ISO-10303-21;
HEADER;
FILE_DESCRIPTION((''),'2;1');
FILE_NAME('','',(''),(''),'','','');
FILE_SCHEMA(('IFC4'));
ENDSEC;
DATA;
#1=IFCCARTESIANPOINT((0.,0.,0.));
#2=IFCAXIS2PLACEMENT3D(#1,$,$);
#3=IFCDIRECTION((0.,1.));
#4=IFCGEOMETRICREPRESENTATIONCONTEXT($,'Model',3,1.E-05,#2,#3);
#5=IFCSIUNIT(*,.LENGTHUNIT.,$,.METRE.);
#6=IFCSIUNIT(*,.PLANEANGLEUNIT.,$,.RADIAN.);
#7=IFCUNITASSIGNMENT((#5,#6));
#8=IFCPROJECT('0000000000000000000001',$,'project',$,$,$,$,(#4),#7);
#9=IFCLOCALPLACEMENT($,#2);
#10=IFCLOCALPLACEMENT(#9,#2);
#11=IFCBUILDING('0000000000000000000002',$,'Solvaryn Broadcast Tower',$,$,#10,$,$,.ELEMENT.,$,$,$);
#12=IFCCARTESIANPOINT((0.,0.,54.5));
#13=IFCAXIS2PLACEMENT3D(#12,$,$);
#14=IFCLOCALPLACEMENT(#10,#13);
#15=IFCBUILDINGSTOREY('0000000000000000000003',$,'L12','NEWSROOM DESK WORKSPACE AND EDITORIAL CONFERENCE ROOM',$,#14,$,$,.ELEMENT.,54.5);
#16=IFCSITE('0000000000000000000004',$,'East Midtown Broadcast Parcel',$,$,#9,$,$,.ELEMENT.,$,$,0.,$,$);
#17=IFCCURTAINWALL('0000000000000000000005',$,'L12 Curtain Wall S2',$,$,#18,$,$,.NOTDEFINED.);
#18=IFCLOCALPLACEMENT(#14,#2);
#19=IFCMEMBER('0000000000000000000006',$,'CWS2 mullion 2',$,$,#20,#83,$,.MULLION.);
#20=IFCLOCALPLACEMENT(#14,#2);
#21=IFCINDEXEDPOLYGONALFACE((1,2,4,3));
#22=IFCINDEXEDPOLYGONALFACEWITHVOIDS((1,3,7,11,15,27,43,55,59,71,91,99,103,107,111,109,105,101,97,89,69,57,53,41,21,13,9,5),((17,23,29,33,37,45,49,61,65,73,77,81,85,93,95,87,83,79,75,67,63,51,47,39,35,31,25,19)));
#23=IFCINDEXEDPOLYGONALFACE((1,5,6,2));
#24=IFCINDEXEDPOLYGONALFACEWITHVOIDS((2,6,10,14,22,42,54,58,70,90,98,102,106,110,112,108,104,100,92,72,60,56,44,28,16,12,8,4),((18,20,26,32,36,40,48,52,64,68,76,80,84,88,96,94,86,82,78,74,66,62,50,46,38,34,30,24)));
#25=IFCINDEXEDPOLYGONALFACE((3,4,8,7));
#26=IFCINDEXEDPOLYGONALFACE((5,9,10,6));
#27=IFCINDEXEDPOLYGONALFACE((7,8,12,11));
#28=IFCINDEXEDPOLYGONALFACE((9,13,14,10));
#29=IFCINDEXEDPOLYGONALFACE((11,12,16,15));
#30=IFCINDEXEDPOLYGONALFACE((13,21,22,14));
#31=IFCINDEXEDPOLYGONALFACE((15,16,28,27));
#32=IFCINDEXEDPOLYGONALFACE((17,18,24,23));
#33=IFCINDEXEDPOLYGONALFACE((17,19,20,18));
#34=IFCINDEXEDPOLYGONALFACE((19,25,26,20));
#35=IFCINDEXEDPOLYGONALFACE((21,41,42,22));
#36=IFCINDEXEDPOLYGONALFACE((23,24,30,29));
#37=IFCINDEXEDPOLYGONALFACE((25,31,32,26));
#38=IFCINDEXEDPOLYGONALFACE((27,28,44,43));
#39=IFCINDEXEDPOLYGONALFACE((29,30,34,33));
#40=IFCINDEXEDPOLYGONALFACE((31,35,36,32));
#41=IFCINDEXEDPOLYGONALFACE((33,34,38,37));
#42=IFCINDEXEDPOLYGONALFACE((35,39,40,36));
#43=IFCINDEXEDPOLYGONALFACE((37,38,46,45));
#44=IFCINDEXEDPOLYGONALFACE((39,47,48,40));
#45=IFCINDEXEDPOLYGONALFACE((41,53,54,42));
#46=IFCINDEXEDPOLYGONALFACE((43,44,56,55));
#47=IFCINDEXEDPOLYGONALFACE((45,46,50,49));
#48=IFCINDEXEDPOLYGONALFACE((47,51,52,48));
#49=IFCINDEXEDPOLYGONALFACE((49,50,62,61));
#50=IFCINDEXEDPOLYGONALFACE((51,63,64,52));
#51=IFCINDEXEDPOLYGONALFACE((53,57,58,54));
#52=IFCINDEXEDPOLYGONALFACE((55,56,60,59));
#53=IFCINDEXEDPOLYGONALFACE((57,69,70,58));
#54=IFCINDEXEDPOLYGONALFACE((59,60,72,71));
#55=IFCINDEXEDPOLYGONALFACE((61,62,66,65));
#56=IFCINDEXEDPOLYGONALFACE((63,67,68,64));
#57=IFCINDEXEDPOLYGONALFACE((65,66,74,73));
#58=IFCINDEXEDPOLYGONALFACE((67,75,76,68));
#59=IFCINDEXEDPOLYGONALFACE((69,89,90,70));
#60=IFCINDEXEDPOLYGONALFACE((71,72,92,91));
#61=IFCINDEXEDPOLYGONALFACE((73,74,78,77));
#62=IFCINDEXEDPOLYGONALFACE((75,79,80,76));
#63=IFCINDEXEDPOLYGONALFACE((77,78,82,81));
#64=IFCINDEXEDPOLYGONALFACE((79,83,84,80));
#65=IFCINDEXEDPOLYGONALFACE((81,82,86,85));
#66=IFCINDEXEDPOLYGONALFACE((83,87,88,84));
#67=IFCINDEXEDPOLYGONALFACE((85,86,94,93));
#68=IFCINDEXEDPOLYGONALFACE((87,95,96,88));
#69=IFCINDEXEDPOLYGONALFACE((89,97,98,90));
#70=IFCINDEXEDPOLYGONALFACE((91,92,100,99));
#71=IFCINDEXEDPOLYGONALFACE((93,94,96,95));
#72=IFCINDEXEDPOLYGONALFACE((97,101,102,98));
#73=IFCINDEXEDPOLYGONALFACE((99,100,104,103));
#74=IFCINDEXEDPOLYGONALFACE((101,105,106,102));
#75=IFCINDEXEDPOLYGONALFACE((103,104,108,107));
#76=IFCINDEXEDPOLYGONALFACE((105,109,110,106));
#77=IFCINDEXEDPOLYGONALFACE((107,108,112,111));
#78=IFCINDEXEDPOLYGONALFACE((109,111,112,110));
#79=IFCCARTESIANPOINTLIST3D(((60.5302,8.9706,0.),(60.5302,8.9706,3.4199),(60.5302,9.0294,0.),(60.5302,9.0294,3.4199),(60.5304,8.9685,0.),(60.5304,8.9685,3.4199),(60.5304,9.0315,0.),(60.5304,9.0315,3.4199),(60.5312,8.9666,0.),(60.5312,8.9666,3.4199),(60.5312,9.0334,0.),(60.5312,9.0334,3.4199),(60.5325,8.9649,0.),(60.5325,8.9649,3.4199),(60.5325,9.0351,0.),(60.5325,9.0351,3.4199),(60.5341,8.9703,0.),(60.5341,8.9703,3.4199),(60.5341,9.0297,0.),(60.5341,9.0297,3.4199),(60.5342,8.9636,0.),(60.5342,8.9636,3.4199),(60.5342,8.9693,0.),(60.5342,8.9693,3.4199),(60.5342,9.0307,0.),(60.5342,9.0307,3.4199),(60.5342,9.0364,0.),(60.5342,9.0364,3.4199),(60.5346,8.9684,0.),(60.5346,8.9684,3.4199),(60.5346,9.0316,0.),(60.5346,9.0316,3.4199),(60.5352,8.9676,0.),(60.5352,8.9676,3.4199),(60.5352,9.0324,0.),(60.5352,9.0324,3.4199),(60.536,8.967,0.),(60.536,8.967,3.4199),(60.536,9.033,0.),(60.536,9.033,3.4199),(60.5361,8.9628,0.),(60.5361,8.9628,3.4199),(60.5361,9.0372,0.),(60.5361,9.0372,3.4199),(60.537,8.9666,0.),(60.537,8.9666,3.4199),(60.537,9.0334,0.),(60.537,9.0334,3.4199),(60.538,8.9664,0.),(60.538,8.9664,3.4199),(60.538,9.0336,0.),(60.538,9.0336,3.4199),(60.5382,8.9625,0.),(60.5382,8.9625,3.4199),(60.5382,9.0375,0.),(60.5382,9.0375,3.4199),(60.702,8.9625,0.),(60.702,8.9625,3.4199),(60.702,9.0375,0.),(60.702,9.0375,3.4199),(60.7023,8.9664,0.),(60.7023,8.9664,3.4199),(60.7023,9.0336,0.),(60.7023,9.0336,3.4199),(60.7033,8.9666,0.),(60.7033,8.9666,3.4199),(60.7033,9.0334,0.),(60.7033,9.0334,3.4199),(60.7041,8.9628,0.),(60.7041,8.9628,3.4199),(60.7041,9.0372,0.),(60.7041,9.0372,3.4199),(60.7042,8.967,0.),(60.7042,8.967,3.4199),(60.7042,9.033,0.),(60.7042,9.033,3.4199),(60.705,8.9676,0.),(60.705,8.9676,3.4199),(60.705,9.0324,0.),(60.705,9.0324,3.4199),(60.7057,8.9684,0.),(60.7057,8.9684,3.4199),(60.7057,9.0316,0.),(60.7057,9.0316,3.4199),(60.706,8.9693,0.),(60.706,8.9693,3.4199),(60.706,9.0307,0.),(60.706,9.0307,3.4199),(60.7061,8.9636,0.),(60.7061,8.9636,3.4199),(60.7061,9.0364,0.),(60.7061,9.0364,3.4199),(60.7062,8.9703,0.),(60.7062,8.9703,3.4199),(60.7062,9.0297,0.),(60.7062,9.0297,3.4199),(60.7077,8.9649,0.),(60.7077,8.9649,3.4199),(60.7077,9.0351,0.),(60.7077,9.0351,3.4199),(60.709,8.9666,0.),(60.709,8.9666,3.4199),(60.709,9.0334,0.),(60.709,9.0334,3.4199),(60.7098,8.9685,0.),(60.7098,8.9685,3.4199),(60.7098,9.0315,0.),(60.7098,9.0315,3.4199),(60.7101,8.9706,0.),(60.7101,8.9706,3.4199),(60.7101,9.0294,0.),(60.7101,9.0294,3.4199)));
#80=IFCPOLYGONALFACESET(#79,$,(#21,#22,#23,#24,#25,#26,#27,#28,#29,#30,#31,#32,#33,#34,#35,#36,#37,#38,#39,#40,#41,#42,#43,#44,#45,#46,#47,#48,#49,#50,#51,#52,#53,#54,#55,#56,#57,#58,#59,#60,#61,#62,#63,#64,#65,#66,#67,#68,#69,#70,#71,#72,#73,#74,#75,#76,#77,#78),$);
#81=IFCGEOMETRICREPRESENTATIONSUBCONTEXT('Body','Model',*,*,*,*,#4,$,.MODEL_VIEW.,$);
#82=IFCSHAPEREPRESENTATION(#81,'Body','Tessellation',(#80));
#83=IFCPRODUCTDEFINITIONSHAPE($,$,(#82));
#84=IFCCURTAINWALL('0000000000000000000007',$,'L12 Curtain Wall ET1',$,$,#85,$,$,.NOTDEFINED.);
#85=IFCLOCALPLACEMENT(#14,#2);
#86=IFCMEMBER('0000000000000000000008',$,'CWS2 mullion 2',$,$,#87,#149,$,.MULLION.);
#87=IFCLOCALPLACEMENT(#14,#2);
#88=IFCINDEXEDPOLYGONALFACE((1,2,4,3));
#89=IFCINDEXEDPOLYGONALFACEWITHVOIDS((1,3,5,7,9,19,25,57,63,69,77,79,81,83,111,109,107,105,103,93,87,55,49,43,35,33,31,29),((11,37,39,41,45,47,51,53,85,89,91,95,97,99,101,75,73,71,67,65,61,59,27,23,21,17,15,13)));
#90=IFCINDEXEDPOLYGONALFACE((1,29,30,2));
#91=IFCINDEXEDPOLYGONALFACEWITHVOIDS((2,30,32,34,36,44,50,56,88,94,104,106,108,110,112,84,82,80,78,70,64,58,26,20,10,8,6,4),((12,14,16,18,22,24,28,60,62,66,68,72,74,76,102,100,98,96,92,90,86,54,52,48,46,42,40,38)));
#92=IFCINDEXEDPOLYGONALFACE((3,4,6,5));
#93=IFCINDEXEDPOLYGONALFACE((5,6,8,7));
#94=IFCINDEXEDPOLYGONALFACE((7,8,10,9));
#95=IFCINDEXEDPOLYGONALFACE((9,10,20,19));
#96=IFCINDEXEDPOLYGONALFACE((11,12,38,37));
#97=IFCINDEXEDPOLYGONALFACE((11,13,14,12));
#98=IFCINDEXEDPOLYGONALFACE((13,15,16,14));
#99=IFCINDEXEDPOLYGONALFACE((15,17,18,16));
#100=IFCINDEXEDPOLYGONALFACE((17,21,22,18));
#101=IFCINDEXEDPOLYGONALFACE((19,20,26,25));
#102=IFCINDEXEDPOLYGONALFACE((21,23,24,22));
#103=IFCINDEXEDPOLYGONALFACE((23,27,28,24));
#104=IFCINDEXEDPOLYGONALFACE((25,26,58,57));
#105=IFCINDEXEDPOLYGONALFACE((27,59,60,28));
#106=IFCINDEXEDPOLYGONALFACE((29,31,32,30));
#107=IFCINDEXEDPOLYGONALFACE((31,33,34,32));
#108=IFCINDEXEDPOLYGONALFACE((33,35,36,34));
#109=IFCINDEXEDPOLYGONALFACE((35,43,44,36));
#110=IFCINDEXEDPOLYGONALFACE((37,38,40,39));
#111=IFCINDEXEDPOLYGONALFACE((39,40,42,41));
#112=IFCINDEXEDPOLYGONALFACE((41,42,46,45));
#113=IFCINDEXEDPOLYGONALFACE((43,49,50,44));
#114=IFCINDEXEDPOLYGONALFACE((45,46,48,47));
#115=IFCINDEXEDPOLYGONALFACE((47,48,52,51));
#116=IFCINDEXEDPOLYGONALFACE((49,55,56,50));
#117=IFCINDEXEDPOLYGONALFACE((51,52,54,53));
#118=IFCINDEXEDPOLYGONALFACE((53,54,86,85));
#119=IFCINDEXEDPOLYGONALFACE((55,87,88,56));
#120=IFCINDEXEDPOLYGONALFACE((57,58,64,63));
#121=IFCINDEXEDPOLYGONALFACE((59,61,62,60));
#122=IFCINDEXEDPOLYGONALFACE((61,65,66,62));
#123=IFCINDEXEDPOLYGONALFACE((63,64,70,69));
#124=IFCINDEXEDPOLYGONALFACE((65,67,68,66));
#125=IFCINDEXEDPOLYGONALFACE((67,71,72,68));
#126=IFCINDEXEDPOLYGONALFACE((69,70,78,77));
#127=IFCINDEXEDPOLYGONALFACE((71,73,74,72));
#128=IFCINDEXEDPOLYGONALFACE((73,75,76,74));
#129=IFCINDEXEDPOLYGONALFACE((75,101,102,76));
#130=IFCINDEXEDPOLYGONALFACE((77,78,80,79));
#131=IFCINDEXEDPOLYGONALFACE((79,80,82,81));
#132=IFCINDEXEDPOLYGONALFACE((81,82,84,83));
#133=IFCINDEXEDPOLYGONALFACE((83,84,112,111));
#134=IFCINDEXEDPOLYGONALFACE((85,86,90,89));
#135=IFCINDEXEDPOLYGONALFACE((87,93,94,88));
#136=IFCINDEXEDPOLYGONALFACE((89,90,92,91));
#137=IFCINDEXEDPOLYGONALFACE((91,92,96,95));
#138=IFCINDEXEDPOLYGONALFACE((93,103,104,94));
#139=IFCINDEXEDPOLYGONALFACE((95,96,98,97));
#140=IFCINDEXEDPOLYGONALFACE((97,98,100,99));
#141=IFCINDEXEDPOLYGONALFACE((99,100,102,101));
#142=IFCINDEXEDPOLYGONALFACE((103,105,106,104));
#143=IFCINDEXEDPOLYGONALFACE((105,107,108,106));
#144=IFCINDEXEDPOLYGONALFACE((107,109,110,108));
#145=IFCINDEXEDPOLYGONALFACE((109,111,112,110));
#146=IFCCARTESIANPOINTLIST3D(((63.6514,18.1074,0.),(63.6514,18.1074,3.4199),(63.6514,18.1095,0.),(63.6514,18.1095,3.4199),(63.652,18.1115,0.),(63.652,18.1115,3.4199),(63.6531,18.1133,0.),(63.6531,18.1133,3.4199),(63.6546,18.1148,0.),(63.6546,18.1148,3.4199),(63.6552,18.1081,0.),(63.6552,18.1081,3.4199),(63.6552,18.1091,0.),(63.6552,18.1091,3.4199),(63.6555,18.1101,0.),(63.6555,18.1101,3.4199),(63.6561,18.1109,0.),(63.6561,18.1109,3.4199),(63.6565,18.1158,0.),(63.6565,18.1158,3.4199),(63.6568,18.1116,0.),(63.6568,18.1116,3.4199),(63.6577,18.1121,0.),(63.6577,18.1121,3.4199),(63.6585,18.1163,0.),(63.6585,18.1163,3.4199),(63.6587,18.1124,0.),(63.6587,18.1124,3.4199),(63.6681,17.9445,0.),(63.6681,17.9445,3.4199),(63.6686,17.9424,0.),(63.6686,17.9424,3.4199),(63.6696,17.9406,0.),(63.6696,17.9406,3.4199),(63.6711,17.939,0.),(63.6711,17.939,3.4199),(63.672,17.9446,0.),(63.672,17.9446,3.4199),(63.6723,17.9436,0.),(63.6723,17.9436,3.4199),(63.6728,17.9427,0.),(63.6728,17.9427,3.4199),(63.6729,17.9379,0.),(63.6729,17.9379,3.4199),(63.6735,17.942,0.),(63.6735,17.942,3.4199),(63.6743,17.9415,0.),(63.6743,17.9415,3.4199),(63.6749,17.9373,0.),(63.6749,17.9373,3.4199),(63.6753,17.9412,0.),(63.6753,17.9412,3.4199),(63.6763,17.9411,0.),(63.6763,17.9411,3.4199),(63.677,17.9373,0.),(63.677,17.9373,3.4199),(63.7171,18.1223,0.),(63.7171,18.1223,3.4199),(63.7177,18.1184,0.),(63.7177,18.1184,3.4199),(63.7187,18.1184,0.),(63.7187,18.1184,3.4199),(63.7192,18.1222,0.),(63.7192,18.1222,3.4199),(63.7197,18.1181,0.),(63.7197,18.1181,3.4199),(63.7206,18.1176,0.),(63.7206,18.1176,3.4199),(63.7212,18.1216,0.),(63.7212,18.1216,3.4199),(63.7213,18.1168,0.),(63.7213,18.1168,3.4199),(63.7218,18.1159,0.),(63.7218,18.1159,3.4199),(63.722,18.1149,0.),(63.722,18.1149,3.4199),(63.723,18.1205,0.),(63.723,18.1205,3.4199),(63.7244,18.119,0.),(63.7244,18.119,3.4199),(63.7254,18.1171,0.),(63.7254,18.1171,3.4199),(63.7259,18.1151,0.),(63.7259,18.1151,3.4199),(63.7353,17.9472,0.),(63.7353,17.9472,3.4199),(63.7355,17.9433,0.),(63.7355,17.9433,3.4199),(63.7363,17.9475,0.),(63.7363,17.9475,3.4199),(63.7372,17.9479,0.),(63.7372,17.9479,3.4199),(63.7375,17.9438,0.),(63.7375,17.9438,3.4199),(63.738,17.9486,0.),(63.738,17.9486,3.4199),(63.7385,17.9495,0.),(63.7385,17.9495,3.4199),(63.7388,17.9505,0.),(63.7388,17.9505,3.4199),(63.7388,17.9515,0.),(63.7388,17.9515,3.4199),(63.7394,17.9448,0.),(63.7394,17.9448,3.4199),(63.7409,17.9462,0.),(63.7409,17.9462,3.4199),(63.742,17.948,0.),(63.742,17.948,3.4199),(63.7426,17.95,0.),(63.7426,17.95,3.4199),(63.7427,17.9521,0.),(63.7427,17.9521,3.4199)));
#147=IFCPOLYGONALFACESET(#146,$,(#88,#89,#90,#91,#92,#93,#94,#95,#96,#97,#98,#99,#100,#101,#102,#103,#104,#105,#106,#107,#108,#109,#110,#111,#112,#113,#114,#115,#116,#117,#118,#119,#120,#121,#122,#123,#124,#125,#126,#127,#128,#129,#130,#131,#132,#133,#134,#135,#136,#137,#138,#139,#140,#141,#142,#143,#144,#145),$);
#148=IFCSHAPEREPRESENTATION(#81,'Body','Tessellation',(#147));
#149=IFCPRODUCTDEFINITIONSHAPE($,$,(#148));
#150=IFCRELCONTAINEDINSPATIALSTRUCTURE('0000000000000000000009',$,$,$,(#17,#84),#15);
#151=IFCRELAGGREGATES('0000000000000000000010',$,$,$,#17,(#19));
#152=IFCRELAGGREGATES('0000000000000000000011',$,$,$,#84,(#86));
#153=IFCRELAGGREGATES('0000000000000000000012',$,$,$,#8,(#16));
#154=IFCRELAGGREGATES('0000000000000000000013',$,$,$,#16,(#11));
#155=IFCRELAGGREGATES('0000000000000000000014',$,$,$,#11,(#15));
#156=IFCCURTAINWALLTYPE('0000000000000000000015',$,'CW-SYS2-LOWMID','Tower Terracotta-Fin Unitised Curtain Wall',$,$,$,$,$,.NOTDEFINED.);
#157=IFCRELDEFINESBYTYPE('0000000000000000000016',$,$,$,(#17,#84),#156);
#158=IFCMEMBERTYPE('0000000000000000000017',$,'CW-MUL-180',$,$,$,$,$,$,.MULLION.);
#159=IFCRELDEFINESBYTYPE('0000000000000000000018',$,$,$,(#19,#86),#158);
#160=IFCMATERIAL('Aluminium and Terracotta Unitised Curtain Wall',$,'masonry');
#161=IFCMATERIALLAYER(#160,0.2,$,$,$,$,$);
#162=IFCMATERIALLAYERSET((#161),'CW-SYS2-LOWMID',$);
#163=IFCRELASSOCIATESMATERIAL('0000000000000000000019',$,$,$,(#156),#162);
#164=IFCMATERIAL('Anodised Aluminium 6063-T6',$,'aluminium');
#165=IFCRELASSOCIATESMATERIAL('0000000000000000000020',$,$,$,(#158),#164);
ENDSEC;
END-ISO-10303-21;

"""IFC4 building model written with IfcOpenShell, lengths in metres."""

from ifc_helpers import new_model, si_unit, direction, frame, origin, origin_2d, place, context, subcontext, project, spatial, hollow_rectangle, extrude, material, layer, layer_set, material_profile, profile_set, type_object, element, aggregate, save


model = new_model("IFC4")

# Units and contexts
model_context = context("Model", 3, precision=1e-05, world=origin(), true_north=direction((0.0, 1.0)))
body_context = subcontext(model_context, "Body", "Model", "MODEL_VIEW")
ifc_project = project(units=[si_unit("LENGTHUNIT", "METRE"), si_unit("PLANEANGLEUNIT", "RADIAN")], contexts=[model_context])

# Site, building, storey
site_placement = place(None, origin())
site = spatial("IfcSite", under=ifc_project, at=site_placement, Name="East Midtown Broadcast Parcel", CompositionType="ELEMENT", RefElevation=0.0)
building_placement = place(site_placement, origin())
building = spatial("IfcBuilding", under=site, at=building_placement, Name="Solvaryn Broadcast Tower", CompositionType="ELEMENT")
storey_placement = place(building_placement, frame((0.0, 0.0, 54.5)))
storey = spatial("IfcBuildingStorey", under=building, at=storey_placement, Name="L12", Description="NEWSROOM DESK WORKSPACE AND EDITORIAL CONFERENCE ROOM", CompositionType="ELEMENT", Elevation=54.5)

# Curtain walls, members
ifc_material_1 = material(Name="Aluminium and Terracotta Unitised Curtain Wall", Category="masonry")
ifc_layer_1 = layer(ifc_material_1, 0.2)
ifc_layer_set_1 = layer_set([ifc_layer_1], Name="CW-SYS2-LOWMID")
curtain_wall_type = type_object("IfcCurtainWallType", Name="CW-SYS2-LOWMID", Description="Tower Terracotta-Fin Unitised Curtain Wall", PredefinedType="NOTDEFINED", material=ifc_layer_set_1)
curtain_wall_1_placement = place(storey_placement, origin())
curtain_wall_1 = element("IfcCurtainWall", 1, at=curtain_wall_1_placement, inside=storey, type_object=curtain_wall_type, Name="L12 Curtain Wall S2", PredefinedType="NOTDEFINED")
ifc_material_2 = material(Name="Anodised Aluminium 6063-T6", Category="aluminium")
ifc_material_profile_1 = material_profile(ifc_material_2, hollow_rectangle(XDim=0.075, YDim=0.1799, WallThickness=0.0039, InnerFilletRadius=0.0039, OuterFilletRadius=0.0081, at=origin_2d()))
ifc_profile_set_1 = profile_set([ifc_material_profile_1], Name="Anodised Aluminium 6063-T6")
member_type_1 = type_object("IfcMemberType", Name="CW-MUL-180", PredefinedType="MULLION", material=ifc_profile_set_1)
member_1_placement = place(storey_placement, frame((60.6201, 9.0, 0.0), z_axis=(0.0, 0.0, 1.0), x_axis=(0.0, 1.0, 0.0)))
member_1 = element("IfcMember", 2, at=member_1_placement, type_object=member_type_1, Name="CWS2 mullion 2", PredefinedType="MULLION", context=body_context, shape_type="SweptSolid", body=[
    extrude(hollow_rectangle(XDim=0.075, YDim=0.1799, WallThickness=0.0039, InnerFilletRadius=0.0039, OuterFilletRadius=0.0081, at=origin_2d()), origin(), (0.0, 0.0, 1.0), 3.4199),
])
aggregate(curtain_wall_1, [member_1])
curtain_wall_2_placement = place(storey_placement, origin())
curtain_wall_2 = element("IfcCurtainWall", 3, at=curtain_wall_2_placement, inside=storey, type_object=curtain_wall_type, Name="L12 Curtain Wall ET1", PredefinedType="NOTDEFINED")
member_2_placement = place(storey_placement, frame((63.697, 18.0298, 0.0), z_axis=(0.0, 0.0, 1.0), x_axis=(0.994743, 0.1024, 0.0)))
member_2 = element("IfcMember", 4, at=member_2_placement, type_object=member_type_1, Name="CWS2 mullion 2", PredefinedType="MULLION", context=body_context, shape_type="SweptSolid", body=[
    extrude(hollow_rectangle(XDim=0.075, YDim=0.1799, WallThickness=0.0039, InnerFilletRadius=0.0039, OuterFilletRadius=0.0081, at=origin_2d()), origin(), (0.0, 0.0, 1.0), 3.4199),
])
aggregate(curtain_wall_2, [member_2])

save(model, "model.ifc")
